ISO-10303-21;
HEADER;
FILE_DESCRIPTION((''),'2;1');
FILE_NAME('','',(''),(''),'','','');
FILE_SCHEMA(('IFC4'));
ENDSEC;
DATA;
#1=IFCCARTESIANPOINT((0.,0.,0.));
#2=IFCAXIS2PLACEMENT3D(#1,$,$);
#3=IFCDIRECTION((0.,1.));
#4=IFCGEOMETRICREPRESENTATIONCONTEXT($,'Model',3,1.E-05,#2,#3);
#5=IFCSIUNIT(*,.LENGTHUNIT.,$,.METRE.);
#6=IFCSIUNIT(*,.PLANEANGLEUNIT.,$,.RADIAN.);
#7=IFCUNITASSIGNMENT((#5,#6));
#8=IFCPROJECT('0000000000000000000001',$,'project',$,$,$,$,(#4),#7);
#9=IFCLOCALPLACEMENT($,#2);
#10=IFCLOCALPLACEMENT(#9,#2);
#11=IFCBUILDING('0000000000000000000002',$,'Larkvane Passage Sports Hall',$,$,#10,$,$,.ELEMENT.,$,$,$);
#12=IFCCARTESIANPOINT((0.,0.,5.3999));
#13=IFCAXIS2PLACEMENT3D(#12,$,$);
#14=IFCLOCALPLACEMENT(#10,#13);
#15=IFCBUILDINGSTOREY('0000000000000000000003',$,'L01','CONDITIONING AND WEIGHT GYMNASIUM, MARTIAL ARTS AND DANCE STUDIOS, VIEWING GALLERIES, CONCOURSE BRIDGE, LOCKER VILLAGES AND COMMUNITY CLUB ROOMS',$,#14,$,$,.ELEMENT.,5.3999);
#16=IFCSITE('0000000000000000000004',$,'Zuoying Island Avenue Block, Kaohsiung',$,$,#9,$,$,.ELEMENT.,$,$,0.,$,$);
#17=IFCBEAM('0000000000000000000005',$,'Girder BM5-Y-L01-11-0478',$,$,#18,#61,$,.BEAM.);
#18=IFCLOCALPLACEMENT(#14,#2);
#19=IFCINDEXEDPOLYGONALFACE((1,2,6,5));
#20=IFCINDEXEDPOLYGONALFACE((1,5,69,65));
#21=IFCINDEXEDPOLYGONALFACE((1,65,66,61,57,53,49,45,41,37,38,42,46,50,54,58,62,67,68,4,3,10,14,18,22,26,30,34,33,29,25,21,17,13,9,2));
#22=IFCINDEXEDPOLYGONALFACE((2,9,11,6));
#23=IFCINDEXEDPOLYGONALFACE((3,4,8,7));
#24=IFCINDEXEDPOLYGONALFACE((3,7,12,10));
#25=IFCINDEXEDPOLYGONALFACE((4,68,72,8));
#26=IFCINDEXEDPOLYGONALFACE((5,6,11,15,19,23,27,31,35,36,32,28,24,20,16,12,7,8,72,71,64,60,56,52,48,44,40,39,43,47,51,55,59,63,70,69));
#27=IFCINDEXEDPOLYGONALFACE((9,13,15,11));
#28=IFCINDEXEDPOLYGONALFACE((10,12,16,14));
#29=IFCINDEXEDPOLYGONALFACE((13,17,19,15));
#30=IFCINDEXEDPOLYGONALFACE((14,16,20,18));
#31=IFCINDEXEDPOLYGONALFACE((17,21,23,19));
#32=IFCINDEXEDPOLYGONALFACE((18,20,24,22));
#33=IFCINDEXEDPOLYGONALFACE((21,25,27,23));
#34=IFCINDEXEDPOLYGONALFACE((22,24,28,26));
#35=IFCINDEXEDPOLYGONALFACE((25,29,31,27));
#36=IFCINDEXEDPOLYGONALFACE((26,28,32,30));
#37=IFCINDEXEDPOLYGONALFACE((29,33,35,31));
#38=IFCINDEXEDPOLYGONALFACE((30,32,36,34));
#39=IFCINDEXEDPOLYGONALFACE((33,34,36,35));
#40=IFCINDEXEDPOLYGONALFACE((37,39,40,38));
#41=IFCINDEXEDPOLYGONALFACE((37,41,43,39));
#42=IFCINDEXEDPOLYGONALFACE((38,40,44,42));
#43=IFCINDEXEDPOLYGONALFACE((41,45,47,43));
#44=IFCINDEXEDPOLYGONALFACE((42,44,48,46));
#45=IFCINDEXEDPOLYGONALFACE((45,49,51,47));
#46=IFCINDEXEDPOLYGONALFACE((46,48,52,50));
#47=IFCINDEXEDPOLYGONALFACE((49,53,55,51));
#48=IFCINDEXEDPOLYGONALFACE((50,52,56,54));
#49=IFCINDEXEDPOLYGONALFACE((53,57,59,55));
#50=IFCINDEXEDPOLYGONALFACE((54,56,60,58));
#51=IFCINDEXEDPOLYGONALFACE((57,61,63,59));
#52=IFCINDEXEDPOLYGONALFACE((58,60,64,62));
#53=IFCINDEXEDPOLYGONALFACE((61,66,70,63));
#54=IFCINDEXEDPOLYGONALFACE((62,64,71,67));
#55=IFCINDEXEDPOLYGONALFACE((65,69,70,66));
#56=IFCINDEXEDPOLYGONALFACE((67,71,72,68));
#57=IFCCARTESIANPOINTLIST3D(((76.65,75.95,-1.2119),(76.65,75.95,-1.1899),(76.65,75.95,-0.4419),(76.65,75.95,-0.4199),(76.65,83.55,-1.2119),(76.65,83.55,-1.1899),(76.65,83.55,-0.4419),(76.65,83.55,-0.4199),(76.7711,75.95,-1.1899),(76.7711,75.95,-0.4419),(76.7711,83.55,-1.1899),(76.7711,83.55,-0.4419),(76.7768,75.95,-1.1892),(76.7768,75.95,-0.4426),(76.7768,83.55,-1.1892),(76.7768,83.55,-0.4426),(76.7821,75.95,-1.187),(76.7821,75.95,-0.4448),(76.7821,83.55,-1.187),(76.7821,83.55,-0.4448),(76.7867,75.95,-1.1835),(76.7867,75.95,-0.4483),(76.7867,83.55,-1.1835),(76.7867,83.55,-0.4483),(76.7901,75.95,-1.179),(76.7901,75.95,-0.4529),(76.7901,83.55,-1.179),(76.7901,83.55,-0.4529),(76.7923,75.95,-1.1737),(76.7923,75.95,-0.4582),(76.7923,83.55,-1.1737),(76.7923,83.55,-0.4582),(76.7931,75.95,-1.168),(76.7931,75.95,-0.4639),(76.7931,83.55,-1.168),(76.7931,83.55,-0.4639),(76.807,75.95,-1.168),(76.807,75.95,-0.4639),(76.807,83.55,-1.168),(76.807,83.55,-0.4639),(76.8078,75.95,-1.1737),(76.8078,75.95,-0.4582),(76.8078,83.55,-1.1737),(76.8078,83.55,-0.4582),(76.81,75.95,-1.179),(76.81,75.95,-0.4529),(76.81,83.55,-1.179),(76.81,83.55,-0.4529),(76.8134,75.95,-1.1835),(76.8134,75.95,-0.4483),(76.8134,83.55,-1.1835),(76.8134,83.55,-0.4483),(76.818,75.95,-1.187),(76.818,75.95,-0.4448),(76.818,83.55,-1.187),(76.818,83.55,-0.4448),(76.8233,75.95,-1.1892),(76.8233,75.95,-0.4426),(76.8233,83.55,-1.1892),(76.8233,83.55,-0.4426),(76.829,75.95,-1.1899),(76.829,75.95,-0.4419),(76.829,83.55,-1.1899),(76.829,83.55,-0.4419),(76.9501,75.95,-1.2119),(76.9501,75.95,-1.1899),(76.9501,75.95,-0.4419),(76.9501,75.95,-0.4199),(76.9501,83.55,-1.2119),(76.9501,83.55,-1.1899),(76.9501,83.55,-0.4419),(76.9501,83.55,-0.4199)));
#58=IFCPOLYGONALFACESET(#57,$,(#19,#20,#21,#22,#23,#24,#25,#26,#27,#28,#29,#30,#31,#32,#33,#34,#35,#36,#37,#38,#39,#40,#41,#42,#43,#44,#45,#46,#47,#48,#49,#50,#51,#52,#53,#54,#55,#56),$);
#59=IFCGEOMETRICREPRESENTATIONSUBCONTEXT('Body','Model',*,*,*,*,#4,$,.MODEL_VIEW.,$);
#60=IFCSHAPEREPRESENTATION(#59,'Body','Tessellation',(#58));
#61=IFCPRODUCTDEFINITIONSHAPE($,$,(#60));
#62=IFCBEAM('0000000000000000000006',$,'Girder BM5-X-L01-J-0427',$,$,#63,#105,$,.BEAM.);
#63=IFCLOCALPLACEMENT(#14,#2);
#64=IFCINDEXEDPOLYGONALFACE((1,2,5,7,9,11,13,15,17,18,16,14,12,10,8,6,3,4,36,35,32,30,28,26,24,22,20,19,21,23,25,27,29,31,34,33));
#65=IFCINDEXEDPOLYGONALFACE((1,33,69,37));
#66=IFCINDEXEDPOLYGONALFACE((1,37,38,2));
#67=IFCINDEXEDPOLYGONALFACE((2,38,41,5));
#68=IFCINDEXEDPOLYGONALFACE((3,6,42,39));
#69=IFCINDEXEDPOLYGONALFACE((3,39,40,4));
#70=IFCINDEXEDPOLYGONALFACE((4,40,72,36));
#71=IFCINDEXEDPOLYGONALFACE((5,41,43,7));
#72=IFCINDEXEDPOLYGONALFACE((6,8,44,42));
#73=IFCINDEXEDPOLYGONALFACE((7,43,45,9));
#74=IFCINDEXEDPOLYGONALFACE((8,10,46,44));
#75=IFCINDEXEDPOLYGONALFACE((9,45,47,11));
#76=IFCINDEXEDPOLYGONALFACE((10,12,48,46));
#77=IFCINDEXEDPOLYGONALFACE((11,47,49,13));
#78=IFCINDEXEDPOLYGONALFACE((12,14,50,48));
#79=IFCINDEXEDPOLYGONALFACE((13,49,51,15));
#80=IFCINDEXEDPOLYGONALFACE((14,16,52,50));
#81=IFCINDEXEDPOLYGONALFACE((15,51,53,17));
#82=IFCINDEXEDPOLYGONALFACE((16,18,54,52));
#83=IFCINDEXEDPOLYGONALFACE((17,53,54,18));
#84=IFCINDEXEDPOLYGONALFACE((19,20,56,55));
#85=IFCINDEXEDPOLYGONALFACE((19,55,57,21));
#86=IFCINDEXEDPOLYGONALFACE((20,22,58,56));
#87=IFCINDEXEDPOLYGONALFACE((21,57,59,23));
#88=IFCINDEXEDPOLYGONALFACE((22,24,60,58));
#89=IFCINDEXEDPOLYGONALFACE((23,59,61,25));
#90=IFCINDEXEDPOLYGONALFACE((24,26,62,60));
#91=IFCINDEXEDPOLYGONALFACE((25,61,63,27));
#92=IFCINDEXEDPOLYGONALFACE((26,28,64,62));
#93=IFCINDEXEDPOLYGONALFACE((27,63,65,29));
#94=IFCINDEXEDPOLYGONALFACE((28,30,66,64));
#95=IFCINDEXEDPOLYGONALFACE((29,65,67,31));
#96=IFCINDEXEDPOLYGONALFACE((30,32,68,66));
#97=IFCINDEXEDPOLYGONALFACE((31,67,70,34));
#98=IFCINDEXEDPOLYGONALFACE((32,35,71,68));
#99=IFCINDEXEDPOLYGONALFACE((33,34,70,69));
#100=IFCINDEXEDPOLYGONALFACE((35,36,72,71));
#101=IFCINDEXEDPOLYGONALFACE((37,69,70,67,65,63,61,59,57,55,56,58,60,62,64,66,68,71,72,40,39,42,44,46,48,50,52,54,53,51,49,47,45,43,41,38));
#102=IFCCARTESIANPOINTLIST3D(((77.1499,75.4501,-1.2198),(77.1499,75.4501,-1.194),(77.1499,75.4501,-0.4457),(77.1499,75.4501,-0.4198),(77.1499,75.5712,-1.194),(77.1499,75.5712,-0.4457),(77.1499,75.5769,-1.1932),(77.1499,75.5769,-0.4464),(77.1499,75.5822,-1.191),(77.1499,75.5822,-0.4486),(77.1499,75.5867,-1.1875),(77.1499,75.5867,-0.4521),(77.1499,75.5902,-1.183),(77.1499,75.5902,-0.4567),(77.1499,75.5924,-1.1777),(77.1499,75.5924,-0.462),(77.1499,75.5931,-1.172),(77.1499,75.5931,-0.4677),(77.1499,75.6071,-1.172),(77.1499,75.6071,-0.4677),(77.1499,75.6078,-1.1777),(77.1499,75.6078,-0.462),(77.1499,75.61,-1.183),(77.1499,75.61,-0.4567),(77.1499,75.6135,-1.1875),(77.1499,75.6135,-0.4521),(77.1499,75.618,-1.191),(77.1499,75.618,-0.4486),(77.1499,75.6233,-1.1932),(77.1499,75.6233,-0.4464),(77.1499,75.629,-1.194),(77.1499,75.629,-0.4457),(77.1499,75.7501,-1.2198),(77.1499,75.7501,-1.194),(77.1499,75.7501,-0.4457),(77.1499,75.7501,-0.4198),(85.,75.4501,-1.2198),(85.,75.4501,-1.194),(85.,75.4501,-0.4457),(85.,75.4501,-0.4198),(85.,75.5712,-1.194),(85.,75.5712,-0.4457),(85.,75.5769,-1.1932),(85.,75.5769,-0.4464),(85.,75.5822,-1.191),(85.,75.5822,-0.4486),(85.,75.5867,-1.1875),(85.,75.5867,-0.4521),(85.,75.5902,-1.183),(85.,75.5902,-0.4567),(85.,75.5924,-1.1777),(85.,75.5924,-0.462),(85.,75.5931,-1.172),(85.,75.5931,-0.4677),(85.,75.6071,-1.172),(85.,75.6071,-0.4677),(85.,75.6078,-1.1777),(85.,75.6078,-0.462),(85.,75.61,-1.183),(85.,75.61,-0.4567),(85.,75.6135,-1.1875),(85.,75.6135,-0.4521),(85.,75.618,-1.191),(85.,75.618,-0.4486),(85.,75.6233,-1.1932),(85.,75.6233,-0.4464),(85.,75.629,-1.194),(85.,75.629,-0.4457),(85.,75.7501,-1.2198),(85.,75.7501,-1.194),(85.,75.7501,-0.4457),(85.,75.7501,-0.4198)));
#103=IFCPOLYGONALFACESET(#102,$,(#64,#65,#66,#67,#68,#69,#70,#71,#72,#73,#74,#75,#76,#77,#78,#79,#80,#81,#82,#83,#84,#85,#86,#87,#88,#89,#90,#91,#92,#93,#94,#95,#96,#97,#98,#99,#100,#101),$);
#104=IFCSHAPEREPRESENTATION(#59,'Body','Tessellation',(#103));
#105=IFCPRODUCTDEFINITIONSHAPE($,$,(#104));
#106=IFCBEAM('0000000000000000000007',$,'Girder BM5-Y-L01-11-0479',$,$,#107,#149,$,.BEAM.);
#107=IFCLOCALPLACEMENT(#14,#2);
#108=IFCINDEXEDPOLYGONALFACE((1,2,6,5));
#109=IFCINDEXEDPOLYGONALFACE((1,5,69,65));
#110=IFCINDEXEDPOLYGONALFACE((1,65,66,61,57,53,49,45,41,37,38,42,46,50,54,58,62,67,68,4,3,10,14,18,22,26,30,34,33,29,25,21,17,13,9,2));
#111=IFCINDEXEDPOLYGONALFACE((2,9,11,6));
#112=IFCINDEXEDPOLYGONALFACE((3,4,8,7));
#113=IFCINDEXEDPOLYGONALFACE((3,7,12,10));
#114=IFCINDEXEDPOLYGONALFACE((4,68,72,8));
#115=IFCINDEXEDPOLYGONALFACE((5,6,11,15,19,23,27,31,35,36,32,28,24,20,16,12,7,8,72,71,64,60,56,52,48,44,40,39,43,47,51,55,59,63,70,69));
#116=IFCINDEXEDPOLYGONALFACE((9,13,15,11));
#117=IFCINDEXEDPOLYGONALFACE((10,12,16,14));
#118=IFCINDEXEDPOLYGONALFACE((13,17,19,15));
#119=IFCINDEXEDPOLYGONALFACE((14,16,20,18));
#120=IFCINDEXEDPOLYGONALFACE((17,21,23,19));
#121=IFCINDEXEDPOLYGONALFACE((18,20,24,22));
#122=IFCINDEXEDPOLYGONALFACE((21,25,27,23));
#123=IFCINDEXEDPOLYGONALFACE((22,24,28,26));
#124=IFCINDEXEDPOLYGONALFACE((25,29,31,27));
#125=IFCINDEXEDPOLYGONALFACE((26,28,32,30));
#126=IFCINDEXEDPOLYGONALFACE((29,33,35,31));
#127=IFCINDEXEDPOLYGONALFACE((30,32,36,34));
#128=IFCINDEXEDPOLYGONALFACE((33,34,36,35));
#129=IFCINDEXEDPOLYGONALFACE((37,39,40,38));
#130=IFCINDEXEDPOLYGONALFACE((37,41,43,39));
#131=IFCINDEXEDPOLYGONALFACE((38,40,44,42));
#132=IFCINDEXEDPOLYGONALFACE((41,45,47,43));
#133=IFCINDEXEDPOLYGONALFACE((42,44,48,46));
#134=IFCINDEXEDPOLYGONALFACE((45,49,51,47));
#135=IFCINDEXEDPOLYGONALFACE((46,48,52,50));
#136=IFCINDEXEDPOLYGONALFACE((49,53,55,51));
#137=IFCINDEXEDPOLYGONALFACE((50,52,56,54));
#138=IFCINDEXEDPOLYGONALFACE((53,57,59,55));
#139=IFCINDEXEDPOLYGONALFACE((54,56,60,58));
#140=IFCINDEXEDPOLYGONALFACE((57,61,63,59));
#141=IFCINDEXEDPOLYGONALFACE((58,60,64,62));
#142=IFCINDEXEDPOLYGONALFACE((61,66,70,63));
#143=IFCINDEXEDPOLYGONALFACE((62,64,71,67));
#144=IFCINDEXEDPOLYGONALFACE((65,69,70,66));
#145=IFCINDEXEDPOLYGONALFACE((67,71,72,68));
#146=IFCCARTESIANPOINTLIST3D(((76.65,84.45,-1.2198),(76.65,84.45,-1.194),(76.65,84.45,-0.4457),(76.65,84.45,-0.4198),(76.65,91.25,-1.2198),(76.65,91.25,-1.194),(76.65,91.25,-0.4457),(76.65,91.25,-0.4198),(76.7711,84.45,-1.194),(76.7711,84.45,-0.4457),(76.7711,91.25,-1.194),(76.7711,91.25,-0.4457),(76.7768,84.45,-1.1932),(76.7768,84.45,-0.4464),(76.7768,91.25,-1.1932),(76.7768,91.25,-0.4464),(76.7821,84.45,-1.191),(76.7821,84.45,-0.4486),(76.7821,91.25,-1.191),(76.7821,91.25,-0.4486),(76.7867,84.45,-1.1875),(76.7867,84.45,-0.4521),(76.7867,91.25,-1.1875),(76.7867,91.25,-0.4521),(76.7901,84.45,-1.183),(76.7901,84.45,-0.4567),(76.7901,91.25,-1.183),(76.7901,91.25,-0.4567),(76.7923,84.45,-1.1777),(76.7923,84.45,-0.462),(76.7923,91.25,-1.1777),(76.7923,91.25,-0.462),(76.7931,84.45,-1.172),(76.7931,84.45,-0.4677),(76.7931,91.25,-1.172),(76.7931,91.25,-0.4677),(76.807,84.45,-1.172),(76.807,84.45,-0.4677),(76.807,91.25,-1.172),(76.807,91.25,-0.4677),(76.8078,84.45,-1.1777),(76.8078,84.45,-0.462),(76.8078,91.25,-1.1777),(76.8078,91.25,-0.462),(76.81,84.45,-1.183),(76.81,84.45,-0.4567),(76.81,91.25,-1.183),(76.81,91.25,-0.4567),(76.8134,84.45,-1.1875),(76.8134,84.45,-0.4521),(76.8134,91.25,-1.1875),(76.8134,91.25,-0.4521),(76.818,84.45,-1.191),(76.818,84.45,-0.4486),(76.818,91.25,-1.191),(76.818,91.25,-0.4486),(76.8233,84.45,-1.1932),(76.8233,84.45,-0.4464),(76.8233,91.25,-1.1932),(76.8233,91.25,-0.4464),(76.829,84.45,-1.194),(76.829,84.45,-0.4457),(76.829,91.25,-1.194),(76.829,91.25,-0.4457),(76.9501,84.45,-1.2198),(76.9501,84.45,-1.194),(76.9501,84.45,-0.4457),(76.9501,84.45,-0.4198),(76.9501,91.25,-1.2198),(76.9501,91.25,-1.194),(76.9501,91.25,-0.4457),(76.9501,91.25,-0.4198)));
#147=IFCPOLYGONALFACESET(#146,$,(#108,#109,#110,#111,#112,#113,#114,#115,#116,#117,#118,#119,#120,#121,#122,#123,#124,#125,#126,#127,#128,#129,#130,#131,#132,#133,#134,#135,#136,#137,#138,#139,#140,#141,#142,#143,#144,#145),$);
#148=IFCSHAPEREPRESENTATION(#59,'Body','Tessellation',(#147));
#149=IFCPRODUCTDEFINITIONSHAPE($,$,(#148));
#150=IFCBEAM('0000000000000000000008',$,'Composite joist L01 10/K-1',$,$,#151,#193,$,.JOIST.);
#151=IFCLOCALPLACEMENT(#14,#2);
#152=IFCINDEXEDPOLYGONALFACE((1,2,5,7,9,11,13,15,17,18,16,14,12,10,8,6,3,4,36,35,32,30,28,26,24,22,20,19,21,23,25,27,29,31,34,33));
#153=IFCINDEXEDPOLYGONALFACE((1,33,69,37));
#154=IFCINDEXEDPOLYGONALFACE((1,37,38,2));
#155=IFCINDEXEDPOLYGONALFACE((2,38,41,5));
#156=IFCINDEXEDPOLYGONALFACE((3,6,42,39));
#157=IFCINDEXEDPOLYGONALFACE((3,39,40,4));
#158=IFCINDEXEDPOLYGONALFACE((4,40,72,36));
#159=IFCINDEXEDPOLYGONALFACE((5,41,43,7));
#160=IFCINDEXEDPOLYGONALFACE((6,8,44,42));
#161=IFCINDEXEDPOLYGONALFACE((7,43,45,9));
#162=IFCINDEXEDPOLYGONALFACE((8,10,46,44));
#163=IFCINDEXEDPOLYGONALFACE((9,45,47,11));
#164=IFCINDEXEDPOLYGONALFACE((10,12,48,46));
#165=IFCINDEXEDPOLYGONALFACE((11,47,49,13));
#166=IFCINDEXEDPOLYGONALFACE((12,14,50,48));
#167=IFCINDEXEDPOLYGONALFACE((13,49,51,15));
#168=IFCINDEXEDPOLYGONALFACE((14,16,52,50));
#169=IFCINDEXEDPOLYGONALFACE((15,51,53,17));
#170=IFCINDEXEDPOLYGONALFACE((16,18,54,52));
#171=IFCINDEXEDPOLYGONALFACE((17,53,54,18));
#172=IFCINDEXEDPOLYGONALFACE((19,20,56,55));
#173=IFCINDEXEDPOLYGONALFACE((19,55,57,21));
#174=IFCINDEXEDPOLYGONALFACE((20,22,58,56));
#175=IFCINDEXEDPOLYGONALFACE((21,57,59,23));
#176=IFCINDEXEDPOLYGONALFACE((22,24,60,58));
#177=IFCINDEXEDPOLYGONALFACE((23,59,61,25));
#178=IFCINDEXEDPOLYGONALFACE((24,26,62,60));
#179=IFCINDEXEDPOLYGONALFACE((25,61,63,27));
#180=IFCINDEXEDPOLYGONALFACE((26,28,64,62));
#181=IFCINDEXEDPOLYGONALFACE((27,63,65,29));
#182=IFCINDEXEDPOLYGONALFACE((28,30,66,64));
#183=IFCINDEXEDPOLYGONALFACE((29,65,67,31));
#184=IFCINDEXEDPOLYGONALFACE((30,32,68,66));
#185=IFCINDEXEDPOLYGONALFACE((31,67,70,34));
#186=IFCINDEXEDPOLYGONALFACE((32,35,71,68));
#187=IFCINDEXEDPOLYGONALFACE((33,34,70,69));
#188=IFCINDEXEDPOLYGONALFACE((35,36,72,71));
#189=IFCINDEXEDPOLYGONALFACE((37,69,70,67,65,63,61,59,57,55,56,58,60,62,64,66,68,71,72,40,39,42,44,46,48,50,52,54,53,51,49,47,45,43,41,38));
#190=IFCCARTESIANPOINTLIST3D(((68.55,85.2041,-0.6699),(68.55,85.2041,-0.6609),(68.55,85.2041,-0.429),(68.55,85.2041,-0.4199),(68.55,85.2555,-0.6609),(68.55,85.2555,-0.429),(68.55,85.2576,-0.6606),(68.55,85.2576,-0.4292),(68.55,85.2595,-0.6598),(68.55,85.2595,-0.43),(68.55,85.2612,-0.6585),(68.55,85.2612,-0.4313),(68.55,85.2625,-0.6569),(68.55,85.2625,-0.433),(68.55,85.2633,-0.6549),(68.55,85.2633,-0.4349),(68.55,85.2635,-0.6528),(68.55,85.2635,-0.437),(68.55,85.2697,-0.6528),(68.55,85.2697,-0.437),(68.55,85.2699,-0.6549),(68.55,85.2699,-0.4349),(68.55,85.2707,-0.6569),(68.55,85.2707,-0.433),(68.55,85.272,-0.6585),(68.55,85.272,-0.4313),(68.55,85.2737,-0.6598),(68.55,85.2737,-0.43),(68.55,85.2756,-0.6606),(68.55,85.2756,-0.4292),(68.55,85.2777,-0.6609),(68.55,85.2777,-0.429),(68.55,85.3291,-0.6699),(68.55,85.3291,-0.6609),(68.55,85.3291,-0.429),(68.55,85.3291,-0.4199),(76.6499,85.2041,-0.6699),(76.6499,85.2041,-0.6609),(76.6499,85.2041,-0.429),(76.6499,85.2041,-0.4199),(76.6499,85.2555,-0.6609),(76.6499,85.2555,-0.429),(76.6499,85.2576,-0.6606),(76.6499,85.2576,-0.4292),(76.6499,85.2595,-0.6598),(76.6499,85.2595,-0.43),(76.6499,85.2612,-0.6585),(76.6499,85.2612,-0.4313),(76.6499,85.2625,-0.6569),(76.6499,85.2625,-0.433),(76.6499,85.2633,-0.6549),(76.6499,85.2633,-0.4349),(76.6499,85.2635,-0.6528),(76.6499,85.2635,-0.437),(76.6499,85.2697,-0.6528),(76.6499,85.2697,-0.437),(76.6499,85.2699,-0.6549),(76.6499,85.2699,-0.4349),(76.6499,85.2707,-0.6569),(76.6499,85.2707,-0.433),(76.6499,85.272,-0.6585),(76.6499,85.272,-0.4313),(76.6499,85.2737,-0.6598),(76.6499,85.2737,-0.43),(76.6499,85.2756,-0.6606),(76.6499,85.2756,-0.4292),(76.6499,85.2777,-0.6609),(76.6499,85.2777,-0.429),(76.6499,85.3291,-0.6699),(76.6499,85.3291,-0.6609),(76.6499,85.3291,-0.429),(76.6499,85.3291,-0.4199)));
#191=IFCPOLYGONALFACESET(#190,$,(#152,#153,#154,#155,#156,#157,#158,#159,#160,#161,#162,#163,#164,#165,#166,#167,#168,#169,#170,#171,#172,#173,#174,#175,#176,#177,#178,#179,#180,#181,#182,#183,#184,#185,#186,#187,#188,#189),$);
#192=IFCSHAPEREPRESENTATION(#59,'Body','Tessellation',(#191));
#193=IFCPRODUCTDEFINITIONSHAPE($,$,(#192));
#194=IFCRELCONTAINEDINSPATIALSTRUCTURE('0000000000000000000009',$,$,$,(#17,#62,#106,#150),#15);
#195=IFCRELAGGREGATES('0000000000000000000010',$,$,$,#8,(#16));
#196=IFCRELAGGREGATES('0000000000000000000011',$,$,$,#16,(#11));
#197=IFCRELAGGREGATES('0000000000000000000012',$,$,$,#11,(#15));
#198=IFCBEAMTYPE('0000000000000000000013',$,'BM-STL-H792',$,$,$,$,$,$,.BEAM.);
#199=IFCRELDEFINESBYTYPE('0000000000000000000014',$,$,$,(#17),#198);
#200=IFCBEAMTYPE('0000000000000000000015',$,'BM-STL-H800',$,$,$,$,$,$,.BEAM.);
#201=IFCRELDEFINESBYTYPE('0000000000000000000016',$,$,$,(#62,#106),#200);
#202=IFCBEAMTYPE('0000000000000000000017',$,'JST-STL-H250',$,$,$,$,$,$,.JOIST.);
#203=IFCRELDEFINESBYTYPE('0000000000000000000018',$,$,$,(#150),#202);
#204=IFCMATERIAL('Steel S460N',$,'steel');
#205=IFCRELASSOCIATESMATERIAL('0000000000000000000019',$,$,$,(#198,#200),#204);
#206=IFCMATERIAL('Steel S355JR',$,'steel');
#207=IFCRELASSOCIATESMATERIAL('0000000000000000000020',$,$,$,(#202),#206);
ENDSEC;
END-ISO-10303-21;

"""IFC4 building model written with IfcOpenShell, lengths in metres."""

from ifc_helpers import new_model, si_unit, direction, frame, origin, origin_2d, place, context, subcontext, project, spatial, i_section, extrude, material, material_profile, profile_set, type_object, element, save


model = new_model("IFC4")

# Units and contexts
model_context = context("Model", 3, precision=1e-05, world=origin(), true_north=direction((0.0, 1.0)))
body_context = subcontext(model_context, "Body", "Model", "MODEL_VIEW")
ifc_project = project(units=[si_unit("LENGTHUNIT", "METRE"), si_unit("PLANEANGLEUNIT", "RADIAN")], contexts=[model_context])

# Site, building, storey
site_placement = place(None, origin())
site = spatial("IfcSite", under=ifc_project, at=site_placement, Name="Zuoying Island Avenue Block, Kaohsiung", CompositionType="ELEMENT", RefElevation=0.0)
building_placement = place(site_placement, origin())
building = spatial("IfcBuilding", under=site, at=building_placement, Name="Larkvane Passage Sports Hall", CompositionType="ELEMENT")
storey_placement = place(building_placement, frame((0.0, 0.0, 5.3999)))
storey = spatial("IfcBuildingStorey", under=building, at=storey_placement, Name="L01", Description="CONDITIONING AND WEIGHT GYMNASIUM, MARTIAL ARTS AND DANCE STUDIOS, VIEWING GALLERIES, CONCOURSE BRIDGE, LOCKER VILLAGES AND COMMUNITY CLUB ROOMS", CompositionType="ELEMENT", Elevation=5.3999)

# Shared definitions
ifc_material_1 = material(Name="Steel S460N", Category="steel")

# Beams
ifc_material_2 = material(Name="Steel S355JR", Category="steel")
ifc_material_profile_1 = material_profile(ifc_material_1, i_section(OverallWidth=0.3, OverallDepth=0.792, WebThickness=0.0139, FlangeThickness=0.022, FilletRadius=0.022, at=origin_2d()), Name="H-792x300x14x22")
ifc_profile_set_1 = profile_set([ifc_material_profile_1], Name="Steel S460N")
beam_type_1 = type_object("IfcBeamType", Name="BM-STL-H792", PredefinedType="BEAM", material=ifc_profile_set_1)
beam_1_placement = place(storey_placement, frame((76.8, 75.95, -0.8159), z_axis=(0.0, 1.0, 0.0), x_axis=(-1.0, 0.0, 0.0)))
element("IfcBeam", 1, at=beam_1_placement, inside=storey, type_object=beam_type_1, Name="Girder BM5-Y-L01-11-0478", PredefinedType="BEAM", context=body_context, shape_type="SweptSolid", body=[
    extrude(i_section(OverallWidth=0.3, OverallDepth=0.792, WebThickness=0.0139, FlangeThickness=0.022, FilletRadius=0.022, at=origin_2d()), origin(), (0.0, 0.0, 1.0), 7.6001),
])
ifc_material_profile_2 = material_profile(ifc_material_1, i_section(OverallWidth=0.3, OverallDepth=0.8, WebThickness=0.0139, FlangeThickness=0.0259, FilletRadius=0.022, at=origin_2d()), Name="H-800x300x14x26")
ifc_profile_set_2 = profile_set([ifc_material_profile_2], Name="Steel S460N")
beam_type_2 = type_object("IfcBeamType", Name="BM-STL-H800", PredefinedType="BEAM", material=ifc_profile_set_2)
beam_2_placement = place(storey_placement, frame((77.1499, 75.6001, -0.8198), z_axis=(1.0, 0.0, 0.0), x_axis=(0.0, 1.0, 0.0)))
element("IfcBeam", 2, at=beam_2_placement, inside=storey, type_object=beam_type_2, Name="Girder BM5-X-L01-J-0427", PredefinedType="BEAM", context=body_context, shape_type="SweptSolid", body=[
    extrude(i_section(OverallWidth=0.3, OverallDepth=0.8, WebThickness=0.0139, FlangeThickness=0.0259, FilletRadius=0.022, at=origin_2d()), origin(), (0.0, 0.0, 1.0), 7.8501),
])
beam_3_placement = place(storey_placement, frame((76.8, 84.45, -0.8198), z_axis=(0.0, 1.0, 0.0), x_axis=(-1.0, 0.0, 0.0)))
element("IfcBeam", 3, at=beam_3_placement, inside=storey, type_object=beam_type_2, Name="Girder BM5-Y-L01-11-0479", PredefinedType="BEAM", context=body_context, shape_type="SweptSolid", body=[
    extrude(i_section(OverallWidth=0.3, OverallDepth=0.8, WebThickness=0.0139, FlangeThickness=0.0259, FilletRadius=0.022, at=origin_2d()), origin(), (0.0, 0.0, 1.0), 6.8),
])
ifc_material_profile_3 = material_profile(ifc_material_2, i_section(OverallWidth=0.125, OverallDepth=0.25, WebThickness=0.0061, FlangeThickness=0.009, FilletRadius=0.0081, at=origin_2d()), Name="H-250x125x6x9")
ifc_profile_set_3 = profile_set([ifc_material_profile_3], Name="Steel S355JR")
beam_type_3 = type_object("IfcBeamType", Name="JST-STL-H250", PredefinedType="JOIST", material=ifc_profile_set_3)
beam_4_placement = place(storey_placement, frame((68.55, 85.2666, -0.5449), z_axis=(1.0, 0.0, 0.0), x_axis=(0.0, 1.0, 0.0)))
element("IfcBeam", 4, at=beam_4_placement, inside=storey, type_object=beam_type_3, Name="Composite joist L01 10/K-1", PredefinedType="JOIST", context=body_context, shape_type="SweptSolid", body=[
    extrude(i_section(OverallWidth=0.125, OverallDepth=0.25, WebThickness=0.0061, FlangeThickness=0.009, FilletRadius=0.0081, at=origin_2d()), origin(), (0.0, 0.0, 1.0), 8.0999),
])

save(model, "model.ifc")
